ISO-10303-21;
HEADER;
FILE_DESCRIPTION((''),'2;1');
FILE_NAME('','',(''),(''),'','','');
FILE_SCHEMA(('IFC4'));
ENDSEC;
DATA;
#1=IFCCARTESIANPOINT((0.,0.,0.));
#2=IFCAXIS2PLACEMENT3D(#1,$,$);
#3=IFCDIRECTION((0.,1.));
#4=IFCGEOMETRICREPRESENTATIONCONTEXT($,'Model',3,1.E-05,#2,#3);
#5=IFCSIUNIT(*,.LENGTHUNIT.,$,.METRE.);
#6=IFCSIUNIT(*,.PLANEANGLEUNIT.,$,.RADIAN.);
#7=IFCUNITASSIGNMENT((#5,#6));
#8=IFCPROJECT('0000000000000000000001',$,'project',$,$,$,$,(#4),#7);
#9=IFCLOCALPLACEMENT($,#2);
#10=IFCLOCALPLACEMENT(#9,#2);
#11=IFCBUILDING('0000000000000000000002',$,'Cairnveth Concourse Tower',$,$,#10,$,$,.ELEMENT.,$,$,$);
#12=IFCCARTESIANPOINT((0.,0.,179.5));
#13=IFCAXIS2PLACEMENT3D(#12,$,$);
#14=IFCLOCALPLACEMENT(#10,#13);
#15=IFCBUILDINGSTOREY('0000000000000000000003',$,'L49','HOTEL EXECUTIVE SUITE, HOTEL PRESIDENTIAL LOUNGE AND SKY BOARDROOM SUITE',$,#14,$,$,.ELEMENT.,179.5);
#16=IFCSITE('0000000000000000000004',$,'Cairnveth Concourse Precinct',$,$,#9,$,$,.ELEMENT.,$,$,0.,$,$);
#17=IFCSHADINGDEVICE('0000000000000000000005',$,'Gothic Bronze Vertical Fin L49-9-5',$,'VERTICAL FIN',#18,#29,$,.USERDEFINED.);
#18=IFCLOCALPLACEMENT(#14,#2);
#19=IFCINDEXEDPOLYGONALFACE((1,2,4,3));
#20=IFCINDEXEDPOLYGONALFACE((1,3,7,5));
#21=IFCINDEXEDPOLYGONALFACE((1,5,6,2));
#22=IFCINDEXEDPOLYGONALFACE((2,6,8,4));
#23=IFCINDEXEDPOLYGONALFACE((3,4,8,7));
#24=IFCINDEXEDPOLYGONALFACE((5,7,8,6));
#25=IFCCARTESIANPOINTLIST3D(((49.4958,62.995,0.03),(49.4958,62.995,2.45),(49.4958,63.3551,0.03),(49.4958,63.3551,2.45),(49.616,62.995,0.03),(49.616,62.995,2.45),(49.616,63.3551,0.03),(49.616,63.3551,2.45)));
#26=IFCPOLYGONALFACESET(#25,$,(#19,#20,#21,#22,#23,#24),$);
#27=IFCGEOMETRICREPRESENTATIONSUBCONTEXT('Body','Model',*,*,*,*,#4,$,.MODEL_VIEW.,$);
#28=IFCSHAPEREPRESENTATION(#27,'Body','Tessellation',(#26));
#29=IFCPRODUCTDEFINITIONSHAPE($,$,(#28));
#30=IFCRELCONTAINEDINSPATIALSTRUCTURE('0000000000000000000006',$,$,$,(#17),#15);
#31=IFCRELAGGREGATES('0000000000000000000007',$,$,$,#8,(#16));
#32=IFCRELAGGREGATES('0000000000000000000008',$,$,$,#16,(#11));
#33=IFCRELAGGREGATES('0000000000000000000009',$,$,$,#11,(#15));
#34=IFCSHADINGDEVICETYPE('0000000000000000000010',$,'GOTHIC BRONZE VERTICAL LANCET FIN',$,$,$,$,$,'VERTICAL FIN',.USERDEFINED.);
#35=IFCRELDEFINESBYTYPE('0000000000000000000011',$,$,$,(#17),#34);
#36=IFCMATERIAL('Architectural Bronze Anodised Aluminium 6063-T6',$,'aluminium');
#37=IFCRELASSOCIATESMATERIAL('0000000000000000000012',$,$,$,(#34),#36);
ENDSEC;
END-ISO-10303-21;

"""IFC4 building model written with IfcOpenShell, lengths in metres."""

from ifc_helpers import new_model, si_unit, direction, frame, origin, origin_2d, place, context, subcontext, project, spatial, rectangle, extrude, material, type_object, element, save


model = new_model("IFC4")

# Units and contexts
model_context = context("Model", 3, precision=1e-05, world=origin(), true_north=direction((0.0, 1.0)))
body_context = subcontext(model_context, "Body", "Model", "MODEL_VIEW")
ifc_project = project(units=[si_unit("LENGTHUNIT", "METRE"), si_unit("PLANEANGLEUNIT", "RADIAN")], contexts=[model_context])

# Site, building, storey
site_placement = place(None, origin())
site = spatial("IfcSite", under=ifc_project, at=site_placement, Name="Cairnveth Concourse Precinct", CompositionType="ELEMENT", RefElevation=0.0)
building_placement = place(site_placement, origin())
building = spatial("IfcBuilding", under=site, at=building_placement, Name="Cairnveth Concourse Tower", CompositionType="ELEMENT")
storey_placement = place(building_placement, frame((0.0, 0.0, 179.5)))
storey = spatial("IfcBuildingStorey", under=building, at=storey_placement, Name="L49", Description="HOTEL EXECUTIVE SUITE, HOTEL PRESIDENTIAL LOUNGE AND SKY BOARDROOM SUITE", CompositionType="ELEMENT", Elevation=179.5)

# Shading device
ifc_material_1 = material(Name="Architectural Bronze Anodised Aluminium 6063-T6", Category="aluminium")
shading_device_type = type_object("IfcShadingDeviceType", Name="GOTHIC BRONZE VERTICAL LANCET FIN", ElementType="VERTICAL FIN", PredefinedType="USERDEFINED", material=ifc_material_1)
for number, where, z_axis, x_axis, name in (
    (1, (49.5559, 63.175, 0.03), (0.0, 0.0, 1.0), (1.0, 0.0, 0.0), "Gothic Bronze Vertical Fin L49-9-5"),
):
    element("IfcShadingDevice", number, at=place(storey_placement, frame(where, z_axis=z_axis, x_axis=x_axis)), inside=storey, type_object=shading_device_type, Name=name, ObjectType="VERTICAL FIN", PredefinedType="USERDEFINED", context=body_context, shape_type="SweptSolid", body=[
        extrude(rectangle(XDim=0.1201, YDim=0.3601, at=origin_2d()), origin(), (0.0, 0.0, 1.0), 2.4199),
    ])

save(model, "model.ifc")
